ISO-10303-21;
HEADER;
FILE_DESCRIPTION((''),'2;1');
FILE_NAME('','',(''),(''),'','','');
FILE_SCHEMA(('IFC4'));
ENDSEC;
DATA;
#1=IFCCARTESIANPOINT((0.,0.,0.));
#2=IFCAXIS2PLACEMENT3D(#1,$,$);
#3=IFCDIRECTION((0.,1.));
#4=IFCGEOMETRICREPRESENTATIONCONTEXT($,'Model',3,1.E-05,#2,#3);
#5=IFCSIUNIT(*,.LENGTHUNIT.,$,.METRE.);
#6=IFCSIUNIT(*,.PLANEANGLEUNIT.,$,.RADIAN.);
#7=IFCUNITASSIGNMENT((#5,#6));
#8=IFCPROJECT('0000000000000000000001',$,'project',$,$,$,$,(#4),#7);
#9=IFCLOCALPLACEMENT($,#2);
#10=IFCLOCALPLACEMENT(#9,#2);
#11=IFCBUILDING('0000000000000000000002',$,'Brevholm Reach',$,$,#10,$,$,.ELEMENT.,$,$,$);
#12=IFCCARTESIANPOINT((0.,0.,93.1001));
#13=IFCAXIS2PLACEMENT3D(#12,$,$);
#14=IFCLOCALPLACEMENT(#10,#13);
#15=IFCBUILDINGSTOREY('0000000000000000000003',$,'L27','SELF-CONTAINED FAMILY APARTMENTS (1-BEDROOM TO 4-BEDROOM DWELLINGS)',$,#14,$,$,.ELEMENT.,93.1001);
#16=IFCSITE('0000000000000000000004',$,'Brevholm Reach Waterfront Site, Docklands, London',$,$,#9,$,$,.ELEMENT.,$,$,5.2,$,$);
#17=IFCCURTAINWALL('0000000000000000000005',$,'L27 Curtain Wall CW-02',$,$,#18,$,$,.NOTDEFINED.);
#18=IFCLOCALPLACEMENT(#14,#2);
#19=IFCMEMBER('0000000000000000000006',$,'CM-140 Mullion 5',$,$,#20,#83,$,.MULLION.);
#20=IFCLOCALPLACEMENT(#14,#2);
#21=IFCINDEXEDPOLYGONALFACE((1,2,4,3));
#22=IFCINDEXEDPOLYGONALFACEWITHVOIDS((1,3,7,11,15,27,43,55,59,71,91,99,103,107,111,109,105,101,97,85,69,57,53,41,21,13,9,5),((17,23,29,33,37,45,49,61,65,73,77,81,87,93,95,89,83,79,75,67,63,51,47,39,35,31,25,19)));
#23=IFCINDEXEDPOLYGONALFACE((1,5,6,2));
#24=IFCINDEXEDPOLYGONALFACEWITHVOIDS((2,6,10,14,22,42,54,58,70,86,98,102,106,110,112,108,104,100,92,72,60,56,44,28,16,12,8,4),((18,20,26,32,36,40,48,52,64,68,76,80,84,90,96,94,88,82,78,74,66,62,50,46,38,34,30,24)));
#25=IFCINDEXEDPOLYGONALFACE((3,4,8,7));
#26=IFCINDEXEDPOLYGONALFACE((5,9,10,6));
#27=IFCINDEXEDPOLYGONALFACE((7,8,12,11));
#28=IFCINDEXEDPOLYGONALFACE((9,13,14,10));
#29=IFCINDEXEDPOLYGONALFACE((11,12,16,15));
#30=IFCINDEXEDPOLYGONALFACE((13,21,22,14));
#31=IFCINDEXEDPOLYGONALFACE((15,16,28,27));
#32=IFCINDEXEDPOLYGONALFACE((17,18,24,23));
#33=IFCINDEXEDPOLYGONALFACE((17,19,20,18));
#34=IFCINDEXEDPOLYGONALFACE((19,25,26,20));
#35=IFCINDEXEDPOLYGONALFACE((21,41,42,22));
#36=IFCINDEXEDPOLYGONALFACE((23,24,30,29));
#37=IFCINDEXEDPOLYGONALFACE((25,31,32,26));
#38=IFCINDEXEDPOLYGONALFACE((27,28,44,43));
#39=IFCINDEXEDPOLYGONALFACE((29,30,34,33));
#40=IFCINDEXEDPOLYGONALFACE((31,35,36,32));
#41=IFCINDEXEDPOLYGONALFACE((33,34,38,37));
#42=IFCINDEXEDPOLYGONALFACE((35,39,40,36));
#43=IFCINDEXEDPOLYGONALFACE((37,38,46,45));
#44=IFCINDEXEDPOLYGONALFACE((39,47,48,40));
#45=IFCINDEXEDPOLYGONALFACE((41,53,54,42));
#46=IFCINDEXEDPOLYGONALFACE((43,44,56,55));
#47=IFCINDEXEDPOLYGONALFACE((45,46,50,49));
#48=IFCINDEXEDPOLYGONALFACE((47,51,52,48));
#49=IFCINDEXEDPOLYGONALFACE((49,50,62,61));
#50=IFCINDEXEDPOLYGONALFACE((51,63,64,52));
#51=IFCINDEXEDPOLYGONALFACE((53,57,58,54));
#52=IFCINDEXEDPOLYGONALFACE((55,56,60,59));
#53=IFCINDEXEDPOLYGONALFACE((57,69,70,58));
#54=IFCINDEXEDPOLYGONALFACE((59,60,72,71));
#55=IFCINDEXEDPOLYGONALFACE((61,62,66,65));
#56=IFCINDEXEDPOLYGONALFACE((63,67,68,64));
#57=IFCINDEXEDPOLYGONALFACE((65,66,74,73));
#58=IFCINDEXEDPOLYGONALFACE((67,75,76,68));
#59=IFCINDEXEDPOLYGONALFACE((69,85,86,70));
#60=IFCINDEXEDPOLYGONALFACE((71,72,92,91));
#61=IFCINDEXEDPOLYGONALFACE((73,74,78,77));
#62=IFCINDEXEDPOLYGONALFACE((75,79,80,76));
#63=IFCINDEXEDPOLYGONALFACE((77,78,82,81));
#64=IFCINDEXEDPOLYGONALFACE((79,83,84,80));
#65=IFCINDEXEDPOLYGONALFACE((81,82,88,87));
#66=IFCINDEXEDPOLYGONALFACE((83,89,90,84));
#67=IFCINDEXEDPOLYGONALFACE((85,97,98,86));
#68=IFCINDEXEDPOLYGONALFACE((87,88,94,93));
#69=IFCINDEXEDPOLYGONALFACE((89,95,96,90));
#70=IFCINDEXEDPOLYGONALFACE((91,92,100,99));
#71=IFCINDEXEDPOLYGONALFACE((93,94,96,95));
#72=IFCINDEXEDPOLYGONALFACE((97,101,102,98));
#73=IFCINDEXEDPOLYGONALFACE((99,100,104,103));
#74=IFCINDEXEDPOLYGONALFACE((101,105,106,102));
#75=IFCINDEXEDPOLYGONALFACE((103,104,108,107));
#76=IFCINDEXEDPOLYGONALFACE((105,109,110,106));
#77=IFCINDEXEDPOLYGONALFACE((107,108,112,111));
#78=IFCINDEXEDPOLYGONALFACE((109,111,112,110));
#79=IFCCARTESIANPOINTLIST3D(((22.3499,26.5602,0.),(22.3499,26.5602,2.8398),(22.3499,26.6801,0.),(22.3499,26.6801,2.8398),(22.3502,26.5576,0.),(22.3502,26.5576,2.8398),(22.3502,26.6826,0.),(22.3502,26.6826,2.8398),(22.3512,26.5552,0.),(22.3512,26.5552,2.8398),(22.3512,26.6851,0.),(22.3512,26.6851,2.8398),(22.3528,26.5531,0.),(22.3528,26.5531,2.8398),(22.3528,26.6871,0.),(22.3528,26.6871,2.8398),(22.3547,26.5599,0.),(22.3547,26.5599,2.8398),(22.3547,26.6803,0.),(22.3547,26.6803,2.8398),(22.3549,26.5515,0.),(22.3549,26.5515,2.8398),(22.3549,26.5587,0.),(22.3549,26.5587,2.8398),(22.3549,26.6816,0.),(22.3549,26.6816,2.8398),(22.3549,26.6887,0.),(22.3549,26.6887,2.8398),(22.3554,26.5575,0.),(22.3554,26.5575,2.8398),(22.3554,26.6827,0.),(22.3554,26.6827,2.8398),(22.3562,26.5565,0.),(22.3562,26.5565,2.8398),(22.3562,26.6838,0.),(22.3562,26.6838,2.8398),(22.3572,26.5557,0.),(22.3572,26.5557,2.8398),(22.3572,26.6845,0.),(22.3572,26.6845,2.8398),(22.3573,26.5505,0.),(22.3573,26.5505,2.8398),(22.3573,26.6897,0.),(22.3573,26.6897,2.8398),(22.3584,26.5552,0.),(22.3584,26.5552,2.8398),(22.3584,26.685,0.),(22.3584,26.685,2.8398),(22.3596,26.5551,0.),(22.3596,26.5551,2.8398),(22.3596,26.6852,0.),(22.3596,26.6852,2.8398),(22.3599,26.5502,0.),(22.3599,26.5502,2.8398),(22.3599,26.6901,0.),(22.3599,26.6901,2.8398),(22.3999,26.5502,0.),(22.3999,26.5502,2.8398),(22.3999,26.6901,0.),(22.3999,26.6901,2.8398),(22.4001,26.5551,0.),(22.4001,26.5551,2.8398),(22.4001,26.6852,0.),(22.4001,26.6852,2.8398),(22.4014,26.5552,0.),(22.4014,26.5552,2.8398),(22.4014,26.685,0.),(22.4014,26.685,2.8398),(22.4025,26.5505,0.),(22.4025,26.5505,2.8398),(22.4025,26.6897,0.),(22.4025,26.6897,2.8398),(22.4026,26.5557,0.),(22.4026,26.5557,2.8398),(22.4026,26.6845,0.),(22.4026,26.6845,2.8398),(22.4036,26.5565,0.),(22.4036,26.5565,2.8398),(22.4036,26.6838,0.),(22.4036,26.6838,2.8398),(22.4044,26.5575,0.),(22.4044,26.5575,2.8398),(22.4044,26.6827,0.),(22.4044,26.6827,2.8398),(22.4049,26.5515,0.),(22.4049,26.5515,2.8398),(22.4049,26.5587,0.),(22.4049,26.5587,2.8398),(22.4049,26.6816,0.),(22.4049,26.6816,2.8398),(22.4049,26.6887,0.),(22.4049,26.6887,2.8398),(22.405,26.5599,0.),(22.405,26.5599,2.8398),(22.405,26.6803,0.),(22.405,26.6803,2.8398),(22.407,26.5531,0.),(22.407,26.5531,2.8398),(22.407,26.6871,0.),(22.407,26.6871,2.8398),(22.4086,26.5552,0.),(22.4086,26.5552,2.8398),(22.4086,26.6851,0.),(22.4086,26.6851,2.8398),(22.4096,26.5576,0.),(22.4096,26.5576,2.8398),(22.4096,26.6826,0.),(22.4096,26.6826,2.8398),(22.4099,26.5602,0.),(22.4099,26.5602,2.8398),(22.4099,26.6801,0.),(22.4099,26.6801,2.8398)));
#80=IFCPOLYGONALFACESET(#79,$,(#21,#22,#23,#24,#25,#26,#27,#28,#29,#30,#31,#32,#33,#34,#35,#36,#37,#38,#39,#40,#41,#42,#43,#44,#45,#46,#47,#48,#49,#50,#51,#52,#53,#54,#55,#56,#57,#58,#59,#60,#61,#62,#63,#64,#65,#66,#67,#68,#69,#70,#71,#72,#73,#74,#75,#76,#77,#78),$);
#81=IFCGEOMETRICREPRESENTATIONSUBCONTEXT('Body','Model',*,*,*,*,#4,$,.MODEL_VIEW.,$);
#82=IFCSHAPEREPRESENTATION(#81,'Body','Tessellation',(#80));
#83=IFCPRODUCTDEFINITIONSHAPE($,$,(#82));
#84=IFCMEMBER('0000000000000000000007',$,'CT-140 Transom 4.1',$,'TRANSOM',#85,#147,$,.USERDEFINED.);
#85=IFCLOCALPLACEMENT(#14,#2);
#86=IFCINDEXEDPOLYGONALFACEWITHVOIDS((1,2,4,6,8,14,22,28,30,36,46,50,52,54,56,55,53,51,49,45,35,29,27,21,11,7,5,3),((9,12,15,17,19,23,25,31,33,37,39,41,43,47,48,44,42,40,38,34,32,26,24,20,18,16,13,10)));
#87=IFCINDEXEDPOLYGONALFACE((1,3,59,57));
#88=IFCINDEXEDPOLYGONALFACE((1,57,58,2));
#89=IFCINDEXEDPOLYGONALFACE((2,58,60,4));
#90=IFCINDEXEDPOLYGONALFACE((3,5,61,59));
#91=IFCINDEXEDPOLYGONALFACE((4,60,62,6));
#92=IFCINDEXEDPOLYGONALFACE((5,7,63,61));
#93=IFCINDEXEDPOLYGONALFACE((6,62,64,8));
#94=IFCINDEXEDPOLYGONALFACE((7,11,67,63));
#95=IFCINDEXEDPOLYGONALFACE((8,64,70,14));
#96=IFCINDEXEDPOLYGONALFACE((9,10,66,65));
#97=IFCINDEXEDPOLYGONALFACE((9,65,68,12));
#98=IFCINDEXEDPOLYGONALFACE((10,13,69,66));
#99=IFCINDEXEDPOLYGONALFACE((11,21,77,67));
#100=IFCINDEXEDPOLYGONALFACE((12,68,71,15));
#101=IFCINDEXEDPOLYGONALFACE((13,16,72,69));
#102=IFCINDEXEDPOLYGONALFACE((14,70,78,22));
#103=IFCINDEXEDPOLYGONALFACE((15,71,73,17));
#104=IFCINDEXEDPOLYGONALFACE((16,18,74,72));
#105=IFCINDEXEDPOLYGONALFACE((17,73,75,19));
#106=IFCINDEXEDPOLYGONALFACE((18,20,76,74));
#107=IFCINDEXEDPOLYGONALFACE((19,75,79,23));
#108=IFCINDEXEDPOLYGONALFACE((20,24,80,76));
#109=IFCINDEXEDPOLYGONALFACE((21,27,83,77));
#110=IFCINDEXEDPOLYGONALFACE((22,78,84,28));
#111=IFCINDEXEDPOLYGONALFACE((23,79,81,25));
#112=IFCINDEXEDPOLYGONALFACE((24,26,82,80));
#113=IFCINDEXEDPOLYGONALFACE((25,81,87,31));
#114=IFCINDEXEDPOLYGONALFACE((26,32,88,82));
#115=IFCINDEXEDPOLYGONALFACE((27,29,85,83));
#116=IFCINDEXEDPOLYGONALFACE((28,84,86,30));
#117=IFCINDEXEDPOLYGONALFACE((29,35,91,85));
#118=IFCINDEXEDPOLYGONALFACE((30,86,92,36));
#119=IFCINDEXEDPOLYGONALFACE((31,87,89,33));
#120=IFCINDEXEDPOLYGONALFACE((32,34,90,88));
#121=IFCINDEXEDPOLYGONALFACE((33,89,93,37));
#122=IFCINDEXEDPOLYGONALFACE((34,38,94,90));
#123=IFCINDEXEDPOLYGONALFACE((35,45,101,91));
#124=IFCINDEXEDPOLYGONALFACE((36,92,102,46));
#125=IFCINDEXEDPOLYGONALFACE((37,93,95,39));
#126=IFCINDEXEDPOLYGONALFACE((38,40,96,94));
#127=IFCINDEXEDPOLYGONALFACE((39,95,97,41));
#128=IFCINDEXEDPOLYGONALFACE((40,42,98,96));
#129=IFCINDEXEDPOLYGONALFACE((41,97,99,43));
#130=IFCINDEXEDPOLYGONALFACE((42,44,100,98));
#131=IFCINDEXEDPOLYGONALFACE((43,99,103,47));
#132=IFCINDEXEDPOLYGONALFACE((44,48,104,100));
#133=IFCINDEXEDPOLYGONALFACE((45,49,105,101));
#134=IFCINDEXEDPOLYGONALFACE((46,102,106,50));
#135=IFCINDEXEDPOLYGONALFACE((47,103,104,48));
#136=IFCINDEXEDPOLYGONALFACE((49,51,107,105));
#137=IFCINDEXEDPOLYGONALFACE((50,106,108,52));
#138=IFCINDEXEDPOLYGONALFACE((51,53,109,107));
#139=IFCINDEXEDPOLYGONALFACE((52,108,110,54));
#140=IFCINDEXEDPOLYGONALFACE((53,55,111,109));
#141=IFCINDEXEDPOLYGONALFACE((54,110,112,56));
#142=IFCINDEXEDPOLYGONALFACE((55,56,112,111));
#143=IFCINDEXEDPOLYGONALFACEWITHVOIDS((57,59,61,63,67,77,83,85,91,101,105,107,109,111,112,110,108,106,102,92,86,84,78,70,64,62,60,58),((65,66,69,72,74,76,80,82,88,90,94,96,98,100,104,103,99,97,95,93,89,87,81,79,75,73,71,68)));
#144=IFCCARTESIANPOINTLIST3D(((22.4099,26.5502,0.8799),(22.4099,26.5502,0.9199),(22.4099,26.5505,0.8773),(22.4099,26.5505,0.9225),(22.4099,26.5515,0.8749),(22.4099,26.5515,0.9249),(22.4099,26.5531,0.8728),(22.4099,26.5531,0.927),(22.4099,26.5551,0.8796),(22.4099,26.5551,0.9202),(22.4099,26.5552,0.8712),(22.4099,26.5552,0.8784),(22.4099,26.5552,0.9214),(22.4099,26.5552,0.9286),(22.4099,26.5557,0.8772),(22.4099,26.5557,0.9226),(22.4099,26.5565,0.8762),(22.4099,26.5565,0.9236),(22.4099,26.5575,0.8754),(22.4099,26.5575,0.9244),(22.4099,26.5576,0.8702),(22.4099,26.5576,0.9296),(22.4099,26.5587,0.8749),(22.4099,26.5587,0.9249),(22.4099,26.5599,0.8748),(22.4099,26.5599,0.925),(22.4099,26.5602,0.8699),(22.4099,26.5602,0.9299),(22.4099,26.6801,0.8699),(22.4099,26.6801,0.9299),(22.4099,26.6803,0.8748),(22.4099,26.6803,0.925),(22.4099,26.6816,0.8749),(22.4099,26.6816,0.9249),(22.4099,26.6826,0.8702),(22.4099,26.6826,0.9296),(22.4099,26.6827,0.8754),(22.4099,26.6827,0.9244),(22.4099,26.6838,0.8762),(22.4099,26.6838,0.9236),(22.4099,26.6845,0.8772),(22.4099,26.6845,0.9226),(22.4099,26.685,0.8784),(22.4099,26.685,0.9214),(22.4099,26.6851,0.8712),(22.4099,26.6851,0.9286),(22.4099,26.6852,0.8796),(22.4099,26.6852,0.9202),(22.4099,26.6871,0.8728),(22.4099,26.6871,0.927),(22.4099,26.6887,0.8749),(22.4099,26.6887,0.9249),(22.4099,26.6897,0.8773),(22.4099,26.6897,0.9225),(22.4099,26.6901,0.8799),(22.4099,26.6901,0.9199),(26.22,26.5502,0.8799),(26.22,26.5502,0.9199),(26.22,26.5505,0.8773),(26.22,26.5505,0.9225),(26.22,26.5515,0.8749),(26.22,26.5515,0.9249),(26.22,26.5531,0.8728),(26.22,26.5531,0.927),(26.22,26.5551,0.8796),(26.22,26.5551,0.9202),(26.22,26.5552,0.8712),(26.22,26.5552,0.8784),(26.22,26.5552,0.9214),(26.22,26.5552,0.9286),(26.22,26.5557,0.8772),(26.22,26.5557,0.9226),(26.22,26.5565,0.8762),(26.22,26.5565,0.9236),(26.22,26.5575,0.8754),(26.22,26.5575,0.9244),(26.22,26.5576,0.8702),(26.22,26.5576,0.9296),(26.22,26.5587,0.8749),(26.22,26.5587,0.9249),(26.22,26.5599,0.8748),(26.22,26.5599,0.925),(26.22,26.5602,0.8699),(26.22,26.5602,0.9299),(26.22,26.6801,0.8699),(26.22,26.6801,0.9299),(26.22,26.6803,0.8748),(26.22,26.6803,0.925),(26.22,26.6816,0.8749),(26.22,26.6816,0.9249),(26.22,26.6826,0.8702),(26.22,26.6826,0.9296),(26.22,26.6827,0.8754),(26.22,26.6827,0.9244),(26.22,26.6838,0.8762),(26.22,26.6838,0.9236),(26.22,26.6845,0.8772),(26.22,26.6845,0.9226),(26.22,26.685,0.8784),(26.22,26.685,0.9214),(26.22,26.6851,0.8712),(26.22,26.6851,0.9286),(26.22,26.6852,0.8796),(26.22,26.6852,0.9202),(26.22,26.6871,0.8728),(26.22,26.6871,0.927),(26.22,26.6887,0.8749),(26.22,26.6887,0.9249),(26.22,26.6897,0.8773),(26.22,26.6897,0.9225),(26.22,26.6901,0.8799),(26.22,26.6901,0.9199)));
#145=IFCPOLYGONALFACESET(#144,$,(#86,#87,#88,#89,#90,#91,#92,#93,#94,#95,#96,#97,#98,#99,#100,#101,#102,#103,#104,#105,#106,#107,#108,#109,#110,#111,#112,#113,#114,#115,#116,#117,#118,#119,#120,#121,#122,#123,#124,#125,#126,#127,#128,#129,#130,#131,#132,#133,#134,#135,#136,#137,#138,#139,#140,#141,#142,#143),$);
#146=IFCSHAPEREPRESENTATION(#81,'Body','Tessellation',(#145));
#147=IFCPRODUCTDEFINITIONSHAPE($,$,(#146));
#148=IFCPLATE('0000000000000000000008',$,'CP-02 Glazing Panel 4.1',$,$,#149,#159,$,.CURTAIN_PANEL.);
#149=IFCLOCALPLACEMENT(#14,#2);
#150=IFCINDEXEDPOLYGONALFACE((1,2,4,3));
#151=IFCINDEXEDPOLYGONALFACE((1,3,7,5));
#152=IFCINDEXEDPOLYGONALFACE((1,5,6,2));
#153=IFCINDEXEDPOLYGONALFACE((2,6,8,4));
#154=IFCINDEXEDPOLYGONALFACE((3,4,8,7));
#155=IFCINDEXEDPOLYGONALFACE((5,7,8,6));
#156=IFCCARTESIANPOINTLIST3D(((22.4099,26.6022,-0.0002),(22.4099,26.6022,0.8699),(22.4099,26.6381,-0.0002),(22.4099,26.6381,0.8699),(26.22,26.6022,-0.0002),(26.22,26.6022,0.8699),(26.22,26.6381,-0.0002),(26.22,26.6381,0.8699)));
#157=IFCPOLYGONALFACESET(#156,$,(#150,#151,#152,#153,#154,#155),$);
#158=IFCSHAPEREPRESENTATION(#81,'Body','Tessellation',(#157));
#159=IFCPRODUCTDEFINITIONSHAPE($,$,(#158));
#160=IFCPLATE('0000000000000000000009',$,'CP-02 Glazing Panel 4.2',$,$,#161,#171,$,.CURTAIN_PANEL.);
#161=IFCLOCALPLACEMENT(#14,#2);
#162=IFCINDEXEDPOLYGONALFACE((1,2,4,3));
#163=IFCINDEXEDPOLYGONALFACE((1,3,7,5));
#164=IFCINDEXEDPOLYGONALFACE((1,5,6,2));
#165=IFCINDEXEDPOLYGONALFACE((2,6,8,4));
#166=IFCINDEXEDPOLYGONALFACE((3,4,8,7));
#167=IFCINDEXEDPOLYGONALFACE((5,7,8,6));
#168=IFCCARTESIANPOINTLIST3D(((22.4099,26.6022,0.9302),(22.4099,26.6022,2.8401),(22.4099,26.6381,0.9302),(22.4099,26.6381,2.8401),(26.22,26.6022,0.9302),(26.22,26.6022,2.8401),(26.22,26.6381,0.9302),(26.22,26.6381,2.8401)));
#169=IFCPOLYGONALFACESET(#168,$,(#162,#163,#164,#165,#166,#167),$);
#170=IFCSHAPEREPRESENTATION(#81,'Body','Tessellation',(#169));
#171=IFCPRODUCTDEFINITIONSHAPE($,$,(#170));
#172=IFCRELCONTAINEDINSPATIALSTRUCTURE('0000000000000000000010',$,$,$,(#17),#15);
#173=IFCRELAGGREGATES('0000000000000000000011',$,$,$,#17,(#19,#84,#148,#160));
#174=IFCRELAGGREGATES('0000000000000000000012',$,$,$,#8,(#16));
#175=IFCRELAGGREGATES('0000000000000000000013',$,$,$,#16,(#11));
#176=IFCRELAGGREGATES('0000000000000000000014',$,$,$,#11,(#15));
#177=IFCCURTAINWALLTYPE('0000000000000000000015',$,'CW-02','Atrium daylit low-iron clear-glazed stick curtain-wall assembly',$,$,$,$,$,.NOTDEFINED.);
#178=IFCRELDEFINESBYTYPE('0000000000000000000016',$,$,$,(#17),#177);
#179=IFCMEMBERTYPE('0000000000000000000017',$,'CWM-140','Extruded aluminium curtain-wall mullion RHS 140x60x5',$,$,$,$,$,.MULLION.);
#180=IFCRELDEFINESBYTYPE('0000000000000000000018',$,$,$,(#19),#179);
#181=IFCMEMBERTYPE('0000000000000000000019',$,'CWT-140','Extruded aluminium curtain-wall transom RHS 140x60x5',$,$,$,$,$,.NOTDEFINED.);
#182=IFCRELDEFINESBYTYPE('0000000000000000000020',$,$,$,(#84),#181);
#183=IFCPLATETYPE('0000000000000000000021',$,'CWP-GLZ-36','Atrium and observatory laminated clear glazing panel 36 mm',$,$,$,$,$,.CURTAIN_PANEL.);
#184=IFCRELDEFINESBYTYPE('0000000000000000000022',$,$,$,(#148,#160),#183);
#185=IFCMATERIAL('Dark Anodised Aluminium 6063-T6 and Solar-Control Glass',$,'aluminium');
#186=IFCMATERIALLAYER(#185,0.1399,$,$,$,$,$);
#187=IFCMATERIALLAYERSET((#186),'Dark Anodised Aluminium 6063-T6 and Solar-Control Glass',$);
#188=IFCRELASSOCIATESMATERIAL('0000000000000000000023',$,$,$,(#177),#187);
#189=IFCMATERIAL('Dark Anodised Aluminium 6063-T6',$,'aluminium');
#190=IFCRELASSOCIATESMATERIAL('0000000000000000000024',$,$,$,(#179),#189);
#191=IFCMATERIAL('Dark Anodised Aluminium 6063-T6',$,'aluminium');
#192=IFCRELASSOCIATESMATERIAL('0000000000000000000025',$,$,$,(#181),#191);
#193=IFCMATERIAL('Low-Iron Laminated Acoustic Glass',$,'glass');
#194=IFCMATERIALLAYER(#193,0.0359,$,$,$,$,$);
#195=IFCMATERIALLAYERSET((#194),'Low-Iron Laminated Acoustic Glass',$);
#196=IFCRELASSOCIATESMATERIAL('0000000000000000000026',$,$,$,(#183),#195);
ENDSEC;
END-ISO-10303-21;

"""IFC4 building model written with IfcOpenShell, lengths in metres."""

from ifc_helpers import new_model, si_unit, direction, frame, origin, origin_2d, place, context, subcontext, project, spatial, rectangle, hollow_rectangle, extrude, material, layer, layer_set, material_profile, profile_set, type_object, element, aggregate, save


model = new_model("IFC4")

# Units and contexts
model_context = context("Model", 3, precision=1e-05, world=origin(), true_north=direction((0.0, 1.0)))
body_context = subcontext(model_context, "Body", "Model", "MODEL_VIEW")
ifc_project = project(units=[si_unit("LENGTHUNIT", "METRE"), si_unit("PLANEANGLEUNIT", "RADIAN")], contexts=[model_context])

# Site, building, storey
site_placement = place(None, origin())
site = spatial("IfcSite", under=ifc_project, at=site_placement, Name="Brevholm Reach Waterfront Site, Docklands, London", CompositionType="ELEMENT", RefElevation=5.2)
building_placement = place(site_placement, origin())
building = spatial("IfcBuilding", under=site, at=building_placement, Name="Brevholm Reach", CompositionType="ELEMENT")
storey_placement = place(building_placement, frame((0.0, 0.0, 93.1001)))
storey = spatial("IfcBuildingStorey", under=building, at=storey_placement, Name="L27", Description="SELF-CONTAINED FAMILY APARTMENTS (1-BEDROOM TO 4-BEDROOM DWELLINGS)", CompositionType="ELEMENT", Elevation=93.1001)

# Curtain wall, members, plates
ifc_material_1 = material(Name="Dark Anodised Aluminium 6063-T6 and Solar-Control Glass", Category="aluminium")
ifc_layer_1 = layer(ifc_material_1, 0.1399)
ifc_layer_set_1 = layer_set([ifc_layer_1], Name="Dark Anodised Aluminium 6063-T6 and Solar-Control Glass")
curtain_wall_type = type_object("IfcCurtainWallType", Name="CW-02", Description="Atrium daylit low-iron clear-glazed stick curtain-wall assembly", PredefinedType="NOTDEFINED", material=ifc_layer_set_1)
curtain_wall_placement = place(storey_placement, origin())
curtain_wall = element("IfcCurtainWall", 1, at=curtain_wall_placement, inside=storey, type_object=curtain_wall_type, Name="L27 Curtain Wall CW-02", PredefinedType="NOTDEFINED")
ifc_material_2 = material(Name="Dark Anodised Aluminium 6063-T6", Category="aluminium")
ifc_material_profile_1 = material_profile(ifc_material_2, hollow_rectangle(XDim=0.0601, YDim=0.1399, WallThickness=0.0049, InnerFilletRadius=0.0049, OuterFilletRadius=0.01, at=origin_2d()), Name="RHS 140x60x5")
ifc_profile_set_1 = profile_set([ifc_material_profile_1], Name="Dark Anodised Aluminium 6063-T6")
member_type_1 = type_object("IfcMemberType", Name="CWM-140", Description="Extruded aluminium curtain-wall mullion RHS 140x60x5", PredefinedType="MULLION", material=ifc_profile_set_1)
member_1_placement = place(storey_placement, frame((22.3799, 26.6201, 0.0), z_axis=(0.0, 0.0, 1.0), x_axis=(-1.0, 0.0, 0.0)))
member_1 = element("IfcMember", 2, at=member_1_placement, type_object=member_type_1, Name="CM-140 Mullion 5", PredefinedType="MULLION", context=body_context, shape_type="SweptSolid", body=[
    extrude(hollow_rectangle(XDim=0.0601, YDim=0.1399, WallThickness=0.0049, InnerFilletRadius=0.0049, OuterFilletRadius=0.01, at=origin_2d()), origin(), (0.0, 0.0, 1.0), 2.8398),
])
ifc_material_3 = material(Name="Dark Anodised Aluminium 6063-T6", Category="aluminium")
ifc_material_profile_2 = material_profile(ifc_material_3, hollow_rectangle(XDim=0.0601, YDim=0.1399, WallThickness=0.0049, InnerFilletRadius=0.0049, OuterFilletRadius=0.01, at=origin_2d()), Name="RHS 140x60x5")
ifc_profile_set_2 = profile_set([ifc_material_profile_2], Name="Dark Anodised Aluminium 6063-T6")
member_type_2 = type_object("IfcMemberType", Name="CWT-140", Description="Extruded aluminium curtain-wall transom RHS 140x60x5", PredefinedType="NOTDEFINED", material=ifc_profile_set_2)
member_2_placement = place(storey_placement, frame((26.22, 26.6201, 0.8999), z_axis=(-1.0, 0.0, 0.0), x_axis=(0.0, 0.0, 1.0)))
member_2 = element("IfcMember", 3, at=member_2_placement, type_object=member_type_2, Name="CT-140 Transom 4.1", ObjectType="TRANSOM", PredefinedType="USERDEFINED", context=body_context, shape_type="SweptSolid", body=[
    extrude(hollow_rectangle(XDim=0.0601, YDim=0.1399, WallThickness=0.0049, InnerFilletRadius=0.0049, OuterFilletRadius=0.01, at=origin_2d()), origin(), (0.0, 0.0, 1.0), 3.8101),
])
ifc_material_4 = material(Name="Low-Iron Laminated Acoustic Glass", Category="glass")
ifc_layer_2 = layer(ifc_material_4, 0.0359)
ifc_layer_set_2 = layer_set([ifc_layer_2], Name="Low-Iron Laminated Acoustic Glass")
plate_type = type_object("IfcPlateType", Name="CWP-GLZ-36", Description="Atrium and observatory laminated clear glazing panel 36 mm", PredefinedType="CURTAIN_PANEL", material=ifc_layer_set_2)
plate_1_placement = place(storey_placement, frame((24.3149, 26.6201, -0.0002), z_axis=(0.0, 0.0, 1.0), x_axis=(-1.0, 0.0, 0.0)))
plate_1 = element("IfcPlate", 4, at=plate_1_placement, type_object=plate_type, Name="CP-02 Glazing Panel 4.1", PredefinedType="CURTAIN_PANEL", context=body_context, shape_type="SweptSolid", body=[
    extrude(rectangle(XDim=3.8101, YDim=0.0359, at=origin_2d()), origin(), (0.0, 0.0, 1.0), 0.8701),
])
plate_2_placement = place(storey_placement, frame((24.3149, 26.6201, 0.9302), z_axis=(0.0, 0.0, 1.0), x_axis=(-1.0, 0.0, 0.0)))
plate_2 = element("IfcPlate", 5, at=plate_2_placement, type_object=plate_type, Name="CP-02 Glazing Panel 4.2", PredefinedType="CURTAIN_PANEL", context=body_context, shape_type="SweptSolid", body=[
    extrude(rectangle(XDim=3.8101, YDim=0.0359, at=origin_2d()), origin(), (0.0, 0.0, 1.0), 1.9099),
])
aggregate(curtain_wall, [member_1, member_2, plate_1, plate_2])

save(model, "model.ifc")
